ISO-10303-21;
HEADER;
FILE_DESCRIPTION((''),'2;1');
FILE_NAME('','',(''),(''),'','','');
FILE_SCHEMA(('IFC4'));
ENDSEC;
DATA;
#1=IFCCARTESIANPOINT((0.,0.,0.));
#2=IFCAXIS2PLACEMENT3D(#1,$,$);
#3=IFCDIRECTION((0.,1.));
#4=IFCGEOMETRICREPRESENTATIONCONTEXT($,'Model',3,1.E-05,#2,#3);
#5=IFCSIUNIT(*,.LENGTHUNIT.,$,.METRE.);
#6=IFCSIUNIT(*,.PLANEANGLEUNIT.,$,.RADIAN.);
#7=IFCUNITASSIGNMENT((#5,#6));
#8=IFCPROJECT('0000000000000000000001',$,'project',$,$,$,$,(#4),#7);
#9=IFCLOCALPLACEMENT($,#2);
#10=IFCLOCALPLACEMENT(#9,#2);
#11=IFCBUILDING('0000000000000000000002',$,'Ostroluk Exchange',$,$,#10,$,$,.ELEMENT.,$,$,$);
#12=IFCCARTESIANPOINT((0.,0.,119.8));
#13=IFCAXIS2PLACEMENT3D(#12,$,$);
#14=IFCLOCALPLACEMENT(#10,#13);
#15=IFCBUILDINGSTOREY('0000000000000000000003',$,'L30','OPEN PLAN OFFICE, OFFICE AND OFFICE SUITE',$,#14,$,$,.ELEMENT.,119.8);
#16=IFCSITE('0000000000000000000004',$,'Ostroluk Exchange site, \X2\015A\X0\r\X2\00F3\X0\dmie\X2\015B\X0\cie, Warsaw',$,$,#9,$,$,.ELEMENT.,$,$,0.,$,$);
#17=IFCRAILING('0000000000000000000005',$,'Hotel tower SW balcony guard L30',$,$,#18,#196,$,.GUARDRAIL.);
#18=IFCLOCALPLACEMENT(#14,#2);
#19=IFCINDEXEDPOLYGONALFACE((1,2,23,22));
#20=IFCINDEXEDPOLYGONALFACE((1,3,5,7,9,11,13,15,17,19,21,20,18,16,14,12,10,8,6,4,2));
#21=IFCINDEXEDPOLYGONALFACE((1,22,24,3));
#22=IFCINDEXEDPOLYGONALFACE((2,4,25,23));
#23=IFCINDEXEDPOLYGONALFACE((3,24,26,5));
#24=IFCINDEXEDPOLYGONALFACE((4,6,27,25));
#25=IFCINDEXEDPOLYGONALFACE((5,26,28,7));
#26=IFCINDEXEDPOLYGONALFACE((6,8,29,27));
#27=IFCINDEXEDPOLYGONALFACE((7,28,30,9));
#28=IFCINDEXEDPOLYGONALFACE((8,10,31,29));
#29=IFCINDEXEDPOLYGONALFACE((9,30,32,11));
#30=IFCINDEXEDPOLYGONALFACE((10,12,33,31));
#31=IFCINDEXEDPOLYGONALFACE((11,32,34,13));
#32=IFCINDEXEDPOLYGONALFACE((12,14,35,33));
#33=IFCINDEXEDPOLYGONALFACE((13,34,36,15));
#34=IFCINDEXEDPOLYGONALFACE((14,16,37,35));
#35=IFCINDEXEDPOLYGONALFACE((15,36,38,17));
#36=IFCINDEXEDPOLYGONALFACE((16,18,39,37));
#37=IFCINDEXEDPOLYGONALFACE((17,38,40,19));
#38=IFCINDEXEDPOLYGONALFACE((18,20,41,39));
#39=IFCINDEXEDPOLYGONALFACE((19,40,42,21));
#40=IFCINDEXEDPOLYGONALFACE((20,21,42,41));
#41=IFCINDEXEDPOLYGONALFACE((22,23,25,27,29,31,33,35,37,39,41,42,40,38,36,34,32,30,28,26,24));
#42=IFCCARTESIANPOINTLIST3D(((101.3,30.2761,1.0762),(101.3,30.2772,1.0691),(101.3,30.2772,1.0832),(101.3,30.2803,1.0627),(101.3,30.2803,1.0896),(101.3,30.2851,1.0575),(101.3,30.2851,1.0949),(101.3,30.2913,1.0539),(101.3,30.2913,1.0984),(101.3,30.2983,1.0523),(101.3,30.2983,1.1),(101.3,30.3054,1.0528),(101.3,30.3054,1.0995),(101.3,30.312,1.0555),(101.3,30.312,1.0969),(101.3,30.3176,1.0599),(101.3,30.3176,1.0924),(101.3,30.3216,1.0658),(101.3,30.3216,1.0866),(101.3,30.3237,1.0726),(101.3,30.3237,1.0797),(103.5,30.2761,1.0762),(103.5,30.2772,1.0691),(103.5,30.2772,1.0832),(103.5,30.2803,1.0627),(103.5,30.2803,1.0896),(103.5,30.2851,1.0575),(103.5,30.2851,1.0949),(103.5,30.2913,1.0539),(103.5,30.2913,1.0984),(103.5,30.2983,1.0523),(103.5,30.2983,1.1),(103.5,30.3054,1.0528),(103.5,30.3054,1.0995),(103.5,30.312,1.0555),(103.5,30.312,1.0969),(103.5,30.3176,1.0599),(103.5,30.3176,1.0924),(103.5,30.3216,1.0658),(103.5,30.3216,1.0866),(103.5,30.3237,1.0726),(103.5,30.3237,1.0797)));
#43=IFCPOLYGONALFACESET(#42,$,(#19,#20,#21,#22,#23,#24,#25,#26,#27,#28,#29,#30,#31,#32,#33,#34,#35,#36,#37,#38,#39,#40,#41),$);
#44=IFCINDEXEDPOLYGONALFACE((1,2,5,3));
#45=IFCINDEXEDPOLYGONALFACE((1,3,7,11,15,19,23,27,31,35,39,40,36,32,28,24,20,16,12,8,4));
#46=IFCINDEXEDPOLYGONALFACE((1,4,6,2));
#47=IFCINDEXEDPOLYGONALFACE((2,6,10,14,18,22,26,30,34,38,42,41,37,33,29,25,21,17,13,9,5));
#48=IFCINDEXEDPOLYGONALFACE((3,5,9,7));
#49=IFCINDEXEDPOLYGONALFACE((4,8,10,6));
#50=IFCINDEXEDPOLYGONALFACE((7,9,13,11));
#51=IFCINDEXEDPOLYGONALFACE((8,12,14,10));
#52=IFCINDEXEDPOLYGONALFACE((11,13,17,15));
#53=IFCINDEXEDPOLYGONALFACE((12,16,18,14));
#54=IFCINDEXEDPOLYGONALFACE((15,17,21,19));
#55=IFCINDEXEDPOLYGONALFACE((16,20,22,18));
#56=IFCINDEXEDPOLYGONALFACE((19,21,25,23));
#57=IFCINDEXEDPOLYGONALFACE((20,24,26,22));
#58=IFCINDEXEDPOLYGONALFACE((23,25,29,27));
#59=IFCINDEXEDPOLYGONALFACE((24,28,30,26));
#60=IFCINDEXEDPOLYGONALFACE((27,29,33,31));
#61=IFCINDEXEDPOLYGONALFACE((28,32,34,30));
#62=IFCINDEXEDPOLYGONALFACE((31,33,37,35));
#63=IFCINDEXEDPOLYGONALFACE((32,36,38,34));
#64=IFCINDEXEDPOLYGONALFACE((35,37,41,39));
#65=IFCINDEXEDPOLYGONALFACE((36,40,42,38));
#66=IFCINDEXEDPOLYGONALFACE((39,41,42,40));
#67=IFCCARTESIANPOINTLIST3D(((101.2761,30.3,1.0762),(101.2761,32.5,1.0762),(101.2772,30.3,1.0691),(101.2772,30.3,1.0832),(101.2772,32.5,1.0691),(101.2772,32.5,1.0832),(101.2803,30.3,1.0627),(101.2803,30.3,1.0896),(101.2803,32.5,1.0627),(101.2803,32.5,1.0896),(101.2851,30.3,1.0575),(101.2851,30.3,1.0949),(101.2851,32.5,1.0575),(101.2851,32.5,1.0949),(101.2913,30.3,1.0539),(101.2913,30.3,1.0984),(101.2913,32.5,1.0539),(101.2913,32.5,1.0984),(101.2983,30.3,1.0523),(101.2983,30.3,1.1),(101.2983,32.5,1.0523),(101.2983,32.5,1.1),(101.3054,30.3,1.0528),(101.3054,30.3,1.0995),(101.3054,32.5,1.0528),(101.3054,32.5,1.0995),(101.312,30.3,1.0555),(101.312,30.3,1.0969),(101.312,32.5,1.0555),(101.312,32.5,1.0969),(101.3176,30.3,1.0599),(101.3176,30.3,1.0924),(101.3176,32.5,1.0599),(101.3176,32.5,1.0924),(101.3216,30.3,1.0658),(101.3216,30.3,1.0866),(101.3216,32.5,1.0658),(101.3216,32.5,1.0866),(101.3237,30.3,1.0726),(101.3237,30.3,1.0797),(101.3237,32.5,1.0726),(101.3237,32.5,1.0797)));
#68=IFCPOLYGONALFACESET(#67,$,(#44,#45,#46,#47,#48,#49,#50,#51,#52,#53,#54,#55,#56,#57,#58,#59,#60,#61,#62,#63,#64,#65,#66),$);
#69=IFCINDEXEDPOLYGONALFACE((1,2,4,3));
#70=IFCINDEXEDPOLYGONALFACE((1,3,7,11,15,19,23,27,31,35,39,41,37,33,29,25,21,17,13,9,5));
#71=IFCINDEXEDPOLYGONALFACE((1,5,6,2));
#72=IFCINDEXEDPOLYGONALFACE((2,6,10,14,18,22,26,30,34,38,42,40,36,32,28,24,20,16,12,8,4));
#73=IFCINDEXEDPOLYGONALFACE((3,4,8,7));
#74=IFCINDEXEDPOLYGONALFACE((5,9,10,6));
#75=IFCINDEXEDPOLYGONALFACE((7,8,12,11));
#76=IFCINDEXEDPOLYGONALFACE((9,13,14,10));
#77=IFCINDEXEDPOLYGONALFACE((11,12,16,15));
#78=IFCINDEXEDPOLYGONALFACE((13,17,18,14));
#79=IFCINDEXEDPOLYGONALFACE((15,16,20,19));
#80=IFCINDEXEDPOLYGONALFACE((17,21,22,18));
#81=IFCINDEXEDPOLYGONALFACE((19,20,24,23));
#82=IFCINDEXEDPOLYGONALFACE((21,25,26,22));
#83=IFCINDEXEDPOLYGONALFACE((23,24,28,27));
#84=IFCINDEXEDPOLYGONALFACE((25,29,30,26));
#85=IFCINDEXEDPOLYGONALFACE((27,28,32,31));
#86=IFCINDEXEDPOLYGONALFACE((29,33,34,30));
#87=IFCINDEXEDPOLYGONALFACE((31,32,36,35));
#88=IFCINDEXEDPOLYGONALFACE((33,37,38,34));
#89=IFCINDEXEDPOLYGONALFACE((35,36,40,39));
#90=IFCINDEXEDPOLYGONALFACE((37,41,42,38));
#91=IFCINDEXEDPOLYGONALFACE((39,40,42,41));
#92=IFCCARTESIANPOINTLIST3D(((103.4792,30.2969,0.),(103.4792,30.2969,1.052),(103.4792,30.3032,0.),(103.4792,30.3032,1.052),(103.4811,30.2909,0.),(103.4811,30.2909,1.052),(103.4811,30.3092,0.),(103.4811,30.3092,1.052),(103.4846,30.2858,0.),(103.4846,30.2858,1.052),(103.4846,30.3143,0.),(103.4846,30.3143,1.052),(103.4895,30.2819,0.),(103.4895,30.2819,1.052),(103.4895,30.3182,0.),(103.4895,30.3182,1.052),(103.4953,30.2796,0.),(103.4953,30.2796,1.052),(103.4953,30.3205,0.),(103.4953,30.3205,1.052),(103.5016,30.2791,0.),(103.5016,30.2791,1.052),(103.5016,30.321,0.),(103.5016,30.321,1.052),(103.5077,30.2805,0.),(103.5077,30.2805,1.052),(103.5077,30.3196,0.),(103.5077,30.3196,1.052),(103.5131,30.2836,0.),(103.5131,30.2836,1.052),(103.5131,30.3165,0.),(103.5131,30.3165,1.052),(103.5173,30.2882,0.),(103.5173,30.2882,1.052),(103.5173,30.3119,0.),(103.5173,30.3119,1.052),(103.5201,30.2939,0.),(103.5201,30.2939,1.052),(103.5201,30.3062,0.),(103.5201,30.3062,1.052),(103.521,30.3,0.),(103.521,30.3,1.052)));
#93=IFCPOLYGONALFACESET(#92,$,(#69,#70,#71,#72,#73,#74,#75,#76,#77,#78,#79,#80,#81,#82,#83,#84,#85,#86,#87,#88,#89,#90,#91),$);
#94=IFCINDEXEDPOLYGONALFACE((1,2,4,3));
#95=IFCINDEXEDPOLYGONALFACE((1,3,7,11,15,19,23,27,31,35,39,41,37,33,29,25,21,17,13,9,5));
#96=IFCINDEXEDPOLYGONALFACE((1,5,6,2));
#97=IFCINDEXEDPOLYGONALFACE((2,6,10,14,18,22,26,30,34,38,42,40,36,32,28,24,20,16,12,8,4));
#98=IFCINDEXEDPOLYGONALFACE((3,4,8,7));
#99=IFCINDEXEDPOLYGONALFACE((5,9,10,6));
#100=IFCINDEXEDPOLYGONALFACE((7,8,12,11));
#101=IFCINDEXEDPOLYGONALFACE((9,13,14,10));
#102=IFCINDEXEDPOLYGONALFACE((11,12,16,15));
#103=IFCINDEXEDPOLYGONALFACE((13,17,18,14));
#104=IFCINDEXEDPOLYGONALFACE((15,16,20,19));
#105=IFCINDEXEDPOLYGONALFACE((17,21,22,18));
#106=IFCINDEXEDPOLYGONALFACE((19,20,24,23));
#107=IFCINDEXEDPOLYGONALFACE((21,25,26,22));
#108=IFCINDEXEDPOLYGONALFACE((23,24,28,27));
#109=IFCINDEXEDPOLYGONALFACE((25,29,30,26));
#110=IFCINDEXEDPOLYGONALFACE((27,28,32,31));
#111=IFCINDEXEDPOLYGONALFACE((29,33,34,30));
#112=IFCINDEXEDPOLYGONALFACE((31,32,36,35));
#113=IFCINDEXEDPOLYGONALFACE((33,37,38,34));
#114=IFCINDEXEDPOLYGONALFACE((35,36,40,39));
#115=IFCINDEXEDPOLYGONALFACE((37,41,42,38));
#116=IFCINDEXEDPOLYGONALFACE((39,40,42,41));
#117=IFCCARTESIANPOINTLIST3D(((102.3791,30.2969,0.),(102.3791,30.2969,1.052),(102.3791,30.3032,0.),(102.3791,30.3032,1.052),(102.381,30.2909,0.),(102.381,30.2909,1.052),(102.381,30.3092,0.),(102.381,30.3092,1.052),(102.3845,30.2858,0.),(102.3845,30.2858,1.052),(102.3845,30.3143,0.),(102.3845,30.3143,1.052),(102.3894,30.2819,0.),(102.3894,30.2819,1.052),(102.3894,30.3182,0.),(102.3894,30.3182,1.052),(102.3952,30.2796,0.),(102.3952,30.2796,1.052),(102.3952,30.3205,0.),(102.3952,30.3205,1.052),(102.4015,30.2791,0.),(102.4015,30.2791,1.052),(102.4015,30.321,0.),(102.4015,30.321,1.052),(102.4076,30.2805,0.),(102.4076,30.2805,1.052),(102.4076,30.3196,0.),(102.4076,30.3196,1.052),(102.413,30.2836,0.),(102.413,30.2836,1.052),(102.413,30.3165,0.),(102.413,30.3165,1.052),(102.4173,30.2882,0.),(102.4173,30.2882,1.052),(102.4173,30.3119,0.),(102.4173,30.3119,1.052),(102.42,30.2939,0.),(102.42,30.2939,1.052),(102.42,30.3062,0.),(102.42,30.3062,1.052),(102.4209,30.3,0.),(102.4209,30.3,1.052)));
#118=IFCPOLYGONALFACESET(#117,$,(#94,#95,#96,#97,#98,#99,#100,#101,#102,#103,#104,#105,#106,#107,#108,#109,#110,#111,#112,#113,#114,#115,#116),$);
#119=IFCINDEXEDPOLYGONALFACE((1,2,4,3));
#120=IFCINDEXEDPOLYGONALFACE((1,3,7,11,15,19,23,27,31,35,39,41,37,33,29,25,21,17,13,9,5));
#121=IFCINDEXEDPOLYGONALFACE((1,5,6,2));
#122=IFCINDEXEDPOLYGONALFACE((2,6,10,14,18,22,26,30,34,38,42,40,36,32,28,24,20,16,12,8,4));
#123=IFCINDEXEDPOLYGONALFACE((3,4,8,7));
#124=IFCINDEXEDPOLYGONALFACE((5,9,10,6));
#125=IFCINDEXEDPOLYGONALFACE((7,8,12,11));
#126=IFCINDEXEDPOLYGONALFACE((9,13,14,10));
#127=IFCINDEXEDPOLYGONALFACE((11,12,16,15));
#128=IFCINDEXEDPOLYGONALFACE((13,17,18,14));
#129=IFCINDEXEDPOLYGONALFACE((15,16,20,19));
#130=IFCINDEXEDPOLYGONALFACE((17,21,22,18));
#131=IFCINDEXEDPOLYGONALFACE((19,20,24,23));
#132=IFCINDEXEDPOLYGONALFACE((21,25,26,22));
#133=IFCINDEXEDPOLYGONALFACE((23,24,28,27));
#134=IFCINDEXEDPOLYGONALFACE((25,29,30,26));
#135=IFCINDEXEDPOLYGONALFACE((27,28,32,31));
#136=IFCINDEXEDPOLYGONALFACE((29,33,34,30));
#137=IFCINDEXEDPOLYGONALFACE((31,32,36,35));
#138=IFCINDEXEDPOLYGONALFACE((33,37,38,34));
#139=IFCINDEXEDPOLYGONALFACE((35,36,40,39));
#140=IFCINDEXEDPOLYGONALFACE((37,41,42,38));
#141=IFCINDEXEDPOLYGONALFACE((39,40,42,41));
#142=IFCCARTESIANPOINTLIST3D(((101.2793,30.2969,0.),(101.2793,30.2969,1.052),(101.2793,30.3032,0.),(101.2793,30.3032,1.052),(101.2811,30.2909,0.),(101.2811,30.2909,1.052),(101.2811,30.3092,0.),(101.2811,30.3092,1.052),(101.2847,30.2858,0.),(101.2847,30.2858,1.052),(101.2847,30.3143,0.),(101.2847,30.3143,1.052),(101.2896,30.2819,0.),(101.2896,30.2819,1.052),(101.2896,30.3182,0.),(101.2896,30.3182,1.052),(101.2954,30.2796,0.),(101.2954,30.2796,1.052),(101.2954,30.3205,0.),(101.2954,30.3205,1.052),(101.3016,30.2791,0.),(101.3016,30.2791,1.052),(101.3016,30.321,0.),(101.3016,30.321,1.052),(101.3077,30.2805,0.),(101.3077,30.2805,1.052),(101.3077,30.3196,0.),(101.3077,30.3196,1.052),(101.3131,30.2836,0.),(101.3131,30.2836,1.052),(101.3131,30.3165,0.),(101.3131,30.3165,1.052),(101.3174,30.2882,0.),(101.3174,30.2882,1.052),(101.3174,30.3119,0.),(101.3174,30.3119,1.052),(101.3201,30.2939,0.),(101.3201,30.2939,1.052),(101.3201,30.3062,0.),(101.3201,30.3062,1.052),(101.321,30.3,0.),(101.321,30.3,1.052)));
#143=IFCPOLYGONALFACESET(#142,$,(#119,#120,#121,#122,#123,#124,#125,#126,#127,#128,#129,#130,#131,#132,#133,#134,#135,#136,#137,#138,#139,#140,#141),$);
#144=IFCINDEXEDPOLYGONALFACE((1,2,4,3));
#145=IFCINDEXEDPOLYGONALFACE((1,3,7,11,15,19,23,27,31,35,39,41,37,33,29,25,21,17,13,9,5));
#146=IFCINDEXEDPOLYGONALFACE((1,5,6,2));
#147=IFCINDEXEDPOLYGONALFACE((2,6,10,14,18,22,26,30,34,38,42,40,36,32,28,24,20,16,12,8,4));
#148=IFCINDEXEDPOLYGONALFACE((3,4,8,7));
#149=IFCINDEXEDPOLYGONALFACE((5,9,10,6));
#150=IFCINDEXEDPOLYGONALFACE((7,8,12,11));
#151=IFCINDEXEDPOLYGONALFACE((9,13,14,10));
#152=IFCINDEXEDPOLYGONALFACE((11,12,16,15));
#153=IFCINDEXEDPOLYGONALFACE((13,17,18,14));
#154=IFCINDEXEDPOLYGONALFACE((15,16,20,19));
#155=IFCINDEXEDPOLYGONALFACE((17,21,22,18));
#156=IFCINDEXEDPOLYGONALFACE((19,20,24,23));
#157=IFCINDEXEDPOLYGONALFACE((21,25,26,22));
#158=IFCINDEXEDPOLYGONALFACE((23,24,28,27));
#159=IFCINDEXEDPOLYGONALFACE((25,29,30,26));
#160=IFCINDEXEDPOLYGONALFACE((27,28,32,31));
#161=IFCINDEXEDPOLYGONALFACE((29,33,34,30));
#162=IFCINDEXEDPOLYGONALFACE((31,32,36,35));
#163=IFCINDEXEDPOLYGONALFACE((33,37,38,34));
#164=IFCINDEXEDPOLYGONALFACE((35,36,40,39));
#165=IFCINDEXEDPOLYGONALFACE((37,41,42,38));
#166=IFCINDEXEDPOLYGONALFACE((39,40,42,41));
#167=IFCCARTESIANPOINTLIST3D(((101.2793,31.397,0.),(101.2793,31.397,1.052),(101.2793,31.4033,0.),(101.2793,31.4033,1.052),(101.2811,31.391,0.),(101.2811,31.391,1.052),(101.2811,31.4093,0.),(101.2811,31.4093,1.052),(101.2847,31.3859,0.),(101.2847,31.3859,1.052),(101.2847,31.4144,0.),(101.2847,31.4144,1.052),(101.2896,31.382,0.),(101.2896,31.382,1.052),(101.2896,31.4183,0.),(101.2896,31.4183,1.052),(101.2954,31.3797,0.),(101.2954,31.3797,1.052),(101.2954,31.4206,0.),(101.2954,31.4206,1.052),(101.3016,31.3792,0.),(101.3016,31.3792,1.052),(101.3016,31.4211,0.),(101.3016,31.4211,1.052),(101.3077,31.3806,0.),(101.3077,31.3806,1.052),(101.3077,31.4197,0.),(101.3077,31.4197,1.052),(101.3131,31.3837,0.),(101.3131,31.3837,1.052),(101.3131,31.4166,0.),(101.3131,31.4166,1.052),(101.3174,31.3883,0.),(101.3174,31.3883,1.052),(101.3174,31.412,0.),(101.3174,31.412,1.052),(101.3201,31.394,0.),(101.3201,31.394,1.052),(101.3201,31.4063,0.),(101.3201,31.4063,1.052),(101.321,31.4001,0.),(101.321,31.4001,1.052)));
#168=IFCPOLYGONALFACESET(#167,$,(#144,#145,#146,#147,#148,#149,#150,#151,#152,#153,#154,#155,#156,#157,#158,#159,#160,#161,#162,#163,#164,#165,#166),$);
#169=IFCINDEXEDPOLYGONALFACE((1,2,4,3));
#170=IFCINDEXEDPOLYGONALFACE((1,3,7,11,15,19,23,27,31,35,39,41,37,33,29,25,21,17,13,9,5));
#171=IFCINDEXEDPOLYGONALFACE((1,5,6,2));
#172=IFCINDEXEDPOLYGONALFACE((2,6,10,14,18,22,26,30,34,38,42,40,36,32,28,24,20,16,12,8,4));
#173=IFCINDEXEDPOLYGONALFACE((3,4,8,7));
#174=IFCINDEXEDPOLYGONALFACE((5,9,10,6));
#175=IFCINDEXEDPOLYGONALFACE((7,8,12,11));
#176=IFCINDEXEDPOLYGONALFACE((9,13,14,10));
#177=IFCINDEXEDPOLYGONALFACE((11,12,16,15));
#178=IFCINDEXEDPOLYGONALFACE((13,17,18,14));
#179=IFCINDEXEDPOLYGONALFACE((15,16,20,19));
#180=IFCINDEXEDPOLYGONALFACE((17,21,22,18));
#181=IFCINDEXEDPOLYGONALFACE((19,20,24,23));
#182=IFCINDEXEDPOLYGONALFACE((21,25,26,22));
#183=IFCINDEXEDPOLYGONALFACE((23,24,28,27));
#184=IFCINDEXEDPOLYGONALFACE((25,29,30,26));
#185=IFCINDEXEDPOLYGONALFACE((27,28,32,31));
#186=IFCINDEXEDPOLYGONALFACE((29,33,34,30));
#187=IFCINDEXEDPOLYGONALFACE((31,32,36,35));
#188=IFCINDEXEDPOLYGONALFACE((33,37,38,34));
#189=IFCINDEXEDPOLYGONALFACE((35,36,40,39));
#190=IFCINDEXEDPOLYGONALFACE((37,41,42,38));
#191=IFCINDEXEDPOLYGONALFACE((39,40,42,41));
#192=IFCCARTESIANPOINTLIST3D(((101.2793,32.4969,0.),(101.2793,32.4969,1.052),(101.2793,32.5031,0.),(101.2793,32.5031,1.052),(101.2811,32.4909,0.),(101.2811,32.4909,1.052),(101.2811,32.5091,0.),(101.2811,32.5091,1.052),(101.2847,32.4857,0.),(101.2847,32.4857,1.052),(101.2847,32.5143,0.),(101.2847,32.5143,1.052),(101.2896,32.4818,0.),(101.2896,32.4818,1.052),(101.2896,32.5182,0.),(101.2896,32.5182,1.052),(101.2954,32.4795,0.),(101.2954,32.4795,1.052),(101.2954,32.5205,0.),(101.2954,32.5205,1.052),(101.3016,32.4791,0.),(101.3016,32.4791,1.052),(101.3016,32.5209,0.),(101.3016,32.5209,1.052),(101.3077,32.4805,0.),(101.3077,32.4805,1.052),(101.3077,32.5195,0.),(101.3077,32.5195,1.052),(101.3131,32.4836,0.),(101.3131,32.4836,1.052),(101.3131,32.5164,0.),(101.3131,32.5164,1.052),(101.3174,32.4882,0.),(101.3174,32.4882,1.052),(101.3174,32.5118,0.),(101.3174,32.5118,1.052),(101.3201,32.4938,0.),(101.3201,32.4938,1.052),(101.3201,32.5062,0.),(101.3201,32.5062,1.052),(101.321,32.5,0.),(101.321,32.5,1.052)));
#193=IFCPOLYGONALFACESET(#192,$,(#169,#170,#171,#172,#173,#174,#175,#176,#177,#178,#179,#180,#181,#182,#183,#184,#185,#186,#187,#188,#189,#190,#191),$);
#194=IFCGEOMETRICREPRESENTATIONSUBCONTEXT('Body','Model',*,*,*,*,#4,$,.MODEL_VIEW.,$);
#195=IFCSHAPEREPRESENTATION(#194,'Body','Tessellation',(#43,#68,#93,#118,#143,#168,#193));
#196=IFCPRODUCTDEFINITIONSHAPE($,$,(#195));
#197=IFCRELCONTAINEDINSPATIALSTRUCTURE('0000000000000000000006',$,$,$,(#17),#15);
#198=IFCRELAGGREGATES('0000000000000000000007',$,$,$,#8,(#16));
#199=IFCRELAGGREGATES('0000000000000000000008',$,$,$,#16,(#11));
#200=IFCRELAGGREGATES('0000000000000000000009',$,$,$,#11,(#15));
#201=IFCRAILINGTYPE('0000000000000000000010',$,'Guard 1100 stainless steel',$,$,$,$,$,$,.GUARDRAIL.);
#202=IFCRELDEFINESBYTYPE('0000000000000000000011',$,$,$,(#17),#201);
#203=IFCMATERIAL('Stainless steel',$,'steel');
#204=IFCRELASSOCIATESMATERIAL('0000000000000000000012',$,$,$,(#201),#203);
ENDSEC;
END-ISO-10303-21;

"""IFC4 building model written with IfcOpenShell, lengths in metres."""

from ifc_helpers import new_model, si_unit, direction, frame, origin, origin_2d, place, context, subcontext, project, spatial, circle, extrude, material, type_object, element, save


model = new_model("IFC4")

# Units and contexts
model_context = context("Model", 3, precision=1e-05, world=origin(), true_north=direction((0.0, 1.0)))
body_context = subcontext(model_context, "Body", "Model", "MODEL_VIEW")
ifc_project = project(units=[si_unit("LENGTHUNIT", "METRE"), si_unit("PLANEANGLEUNIT", "RADIAN")], contexts=[model_context])

# Site, building, storey
site_placement = place(None, origin())
site = spatial("IfcSite", under=ifc_project, at=site_placement, Name="Ostroluk Exchange site, Śródmieście, Warsaw", CompositionType="ELEMENT", RefElevation=0.0)
building_placement = place(site_placement, origin())
building = spatial("IfcBuilding", under=site, at=building_placement, Name="Ostroluk Exchange", CompositionType="ELEMENT")
storey_placement = place(building_placement, frame((0.0, 0.0, 119.8)))
storey = spatial("IfcBuildingStorey", under=building, at=storey_placement, Name="L30", Description="OPEN PLAN OFFICE, OFFICE AND OFFICE SUITE", CompositionType="ELEMENT", Elevation=119.8)

# Railing
ifc_material_1 = material(Name="Stainless steel", Category="steel")
railing_type_1 = type_object("IfcRailingType", Name="Guard 1100 stainless steel", PredefinedType="GUARDRAIL", material=ifc_material_1)
railing_1_placement = place(storey_placement, frame((103.5, 30.3, 0.0)))
element("IfcRailing", 1, at=railing_1_placement, inside=storey, type_object=railing_type_1, Name="Hotel tower SW balcony guard L30", PredefinedType="GUARDRAIL", context=body_context, shape_type="SweptSolid", body=[
    extrude(circle(Radius=0.0239, at=origin_2d()), frame((0.0, 0.0, 1.0762), z_axis=(-1.0, 0.0, 0.0), x_axis=(0.0, -1.0, 0.0)), (0.0, 0.0, 1.0), 2.2),
    extrude(circle(Radius=0.0239, at=origin_2d()), frame((-2.2, 0.0, 1.0762), z_axis=(0.0, 1.0, 0.0), x_axis=(-1.0, 0.0, 0.0)), (0.0, 0.0, 1.0), 2.2),
    extrude(circle(Radius=0.021, at=origin_2d()), origin(), (0.0, 0.0, 1.0), 1.052),
    extrude(circle(Radius=0.021, at=origin_2d()), frame((-1.1001, 0.0, 0.0)), (0.0, 0.0, 1.0), 1.052),
    extrude(circle(Radius=0.021, at=origin_2d()), frame((-2.2, 0.0, 0.0)), (0.0, 0.0, 1.0), 1.052),
    extrude(circle(Radius=0.021, at=origin_2d()), frame((-2.2, 1.1001, 0.0)), (0.0, 0.0, 1.0), 1.052),
    extrude(circle(Radius=0.021, at=origin_2d()), frame((-2.2, 2.2, 0.0)), (0.0, 0.0, 1.0), 1.052),
])

save(model, "model.ifc")
